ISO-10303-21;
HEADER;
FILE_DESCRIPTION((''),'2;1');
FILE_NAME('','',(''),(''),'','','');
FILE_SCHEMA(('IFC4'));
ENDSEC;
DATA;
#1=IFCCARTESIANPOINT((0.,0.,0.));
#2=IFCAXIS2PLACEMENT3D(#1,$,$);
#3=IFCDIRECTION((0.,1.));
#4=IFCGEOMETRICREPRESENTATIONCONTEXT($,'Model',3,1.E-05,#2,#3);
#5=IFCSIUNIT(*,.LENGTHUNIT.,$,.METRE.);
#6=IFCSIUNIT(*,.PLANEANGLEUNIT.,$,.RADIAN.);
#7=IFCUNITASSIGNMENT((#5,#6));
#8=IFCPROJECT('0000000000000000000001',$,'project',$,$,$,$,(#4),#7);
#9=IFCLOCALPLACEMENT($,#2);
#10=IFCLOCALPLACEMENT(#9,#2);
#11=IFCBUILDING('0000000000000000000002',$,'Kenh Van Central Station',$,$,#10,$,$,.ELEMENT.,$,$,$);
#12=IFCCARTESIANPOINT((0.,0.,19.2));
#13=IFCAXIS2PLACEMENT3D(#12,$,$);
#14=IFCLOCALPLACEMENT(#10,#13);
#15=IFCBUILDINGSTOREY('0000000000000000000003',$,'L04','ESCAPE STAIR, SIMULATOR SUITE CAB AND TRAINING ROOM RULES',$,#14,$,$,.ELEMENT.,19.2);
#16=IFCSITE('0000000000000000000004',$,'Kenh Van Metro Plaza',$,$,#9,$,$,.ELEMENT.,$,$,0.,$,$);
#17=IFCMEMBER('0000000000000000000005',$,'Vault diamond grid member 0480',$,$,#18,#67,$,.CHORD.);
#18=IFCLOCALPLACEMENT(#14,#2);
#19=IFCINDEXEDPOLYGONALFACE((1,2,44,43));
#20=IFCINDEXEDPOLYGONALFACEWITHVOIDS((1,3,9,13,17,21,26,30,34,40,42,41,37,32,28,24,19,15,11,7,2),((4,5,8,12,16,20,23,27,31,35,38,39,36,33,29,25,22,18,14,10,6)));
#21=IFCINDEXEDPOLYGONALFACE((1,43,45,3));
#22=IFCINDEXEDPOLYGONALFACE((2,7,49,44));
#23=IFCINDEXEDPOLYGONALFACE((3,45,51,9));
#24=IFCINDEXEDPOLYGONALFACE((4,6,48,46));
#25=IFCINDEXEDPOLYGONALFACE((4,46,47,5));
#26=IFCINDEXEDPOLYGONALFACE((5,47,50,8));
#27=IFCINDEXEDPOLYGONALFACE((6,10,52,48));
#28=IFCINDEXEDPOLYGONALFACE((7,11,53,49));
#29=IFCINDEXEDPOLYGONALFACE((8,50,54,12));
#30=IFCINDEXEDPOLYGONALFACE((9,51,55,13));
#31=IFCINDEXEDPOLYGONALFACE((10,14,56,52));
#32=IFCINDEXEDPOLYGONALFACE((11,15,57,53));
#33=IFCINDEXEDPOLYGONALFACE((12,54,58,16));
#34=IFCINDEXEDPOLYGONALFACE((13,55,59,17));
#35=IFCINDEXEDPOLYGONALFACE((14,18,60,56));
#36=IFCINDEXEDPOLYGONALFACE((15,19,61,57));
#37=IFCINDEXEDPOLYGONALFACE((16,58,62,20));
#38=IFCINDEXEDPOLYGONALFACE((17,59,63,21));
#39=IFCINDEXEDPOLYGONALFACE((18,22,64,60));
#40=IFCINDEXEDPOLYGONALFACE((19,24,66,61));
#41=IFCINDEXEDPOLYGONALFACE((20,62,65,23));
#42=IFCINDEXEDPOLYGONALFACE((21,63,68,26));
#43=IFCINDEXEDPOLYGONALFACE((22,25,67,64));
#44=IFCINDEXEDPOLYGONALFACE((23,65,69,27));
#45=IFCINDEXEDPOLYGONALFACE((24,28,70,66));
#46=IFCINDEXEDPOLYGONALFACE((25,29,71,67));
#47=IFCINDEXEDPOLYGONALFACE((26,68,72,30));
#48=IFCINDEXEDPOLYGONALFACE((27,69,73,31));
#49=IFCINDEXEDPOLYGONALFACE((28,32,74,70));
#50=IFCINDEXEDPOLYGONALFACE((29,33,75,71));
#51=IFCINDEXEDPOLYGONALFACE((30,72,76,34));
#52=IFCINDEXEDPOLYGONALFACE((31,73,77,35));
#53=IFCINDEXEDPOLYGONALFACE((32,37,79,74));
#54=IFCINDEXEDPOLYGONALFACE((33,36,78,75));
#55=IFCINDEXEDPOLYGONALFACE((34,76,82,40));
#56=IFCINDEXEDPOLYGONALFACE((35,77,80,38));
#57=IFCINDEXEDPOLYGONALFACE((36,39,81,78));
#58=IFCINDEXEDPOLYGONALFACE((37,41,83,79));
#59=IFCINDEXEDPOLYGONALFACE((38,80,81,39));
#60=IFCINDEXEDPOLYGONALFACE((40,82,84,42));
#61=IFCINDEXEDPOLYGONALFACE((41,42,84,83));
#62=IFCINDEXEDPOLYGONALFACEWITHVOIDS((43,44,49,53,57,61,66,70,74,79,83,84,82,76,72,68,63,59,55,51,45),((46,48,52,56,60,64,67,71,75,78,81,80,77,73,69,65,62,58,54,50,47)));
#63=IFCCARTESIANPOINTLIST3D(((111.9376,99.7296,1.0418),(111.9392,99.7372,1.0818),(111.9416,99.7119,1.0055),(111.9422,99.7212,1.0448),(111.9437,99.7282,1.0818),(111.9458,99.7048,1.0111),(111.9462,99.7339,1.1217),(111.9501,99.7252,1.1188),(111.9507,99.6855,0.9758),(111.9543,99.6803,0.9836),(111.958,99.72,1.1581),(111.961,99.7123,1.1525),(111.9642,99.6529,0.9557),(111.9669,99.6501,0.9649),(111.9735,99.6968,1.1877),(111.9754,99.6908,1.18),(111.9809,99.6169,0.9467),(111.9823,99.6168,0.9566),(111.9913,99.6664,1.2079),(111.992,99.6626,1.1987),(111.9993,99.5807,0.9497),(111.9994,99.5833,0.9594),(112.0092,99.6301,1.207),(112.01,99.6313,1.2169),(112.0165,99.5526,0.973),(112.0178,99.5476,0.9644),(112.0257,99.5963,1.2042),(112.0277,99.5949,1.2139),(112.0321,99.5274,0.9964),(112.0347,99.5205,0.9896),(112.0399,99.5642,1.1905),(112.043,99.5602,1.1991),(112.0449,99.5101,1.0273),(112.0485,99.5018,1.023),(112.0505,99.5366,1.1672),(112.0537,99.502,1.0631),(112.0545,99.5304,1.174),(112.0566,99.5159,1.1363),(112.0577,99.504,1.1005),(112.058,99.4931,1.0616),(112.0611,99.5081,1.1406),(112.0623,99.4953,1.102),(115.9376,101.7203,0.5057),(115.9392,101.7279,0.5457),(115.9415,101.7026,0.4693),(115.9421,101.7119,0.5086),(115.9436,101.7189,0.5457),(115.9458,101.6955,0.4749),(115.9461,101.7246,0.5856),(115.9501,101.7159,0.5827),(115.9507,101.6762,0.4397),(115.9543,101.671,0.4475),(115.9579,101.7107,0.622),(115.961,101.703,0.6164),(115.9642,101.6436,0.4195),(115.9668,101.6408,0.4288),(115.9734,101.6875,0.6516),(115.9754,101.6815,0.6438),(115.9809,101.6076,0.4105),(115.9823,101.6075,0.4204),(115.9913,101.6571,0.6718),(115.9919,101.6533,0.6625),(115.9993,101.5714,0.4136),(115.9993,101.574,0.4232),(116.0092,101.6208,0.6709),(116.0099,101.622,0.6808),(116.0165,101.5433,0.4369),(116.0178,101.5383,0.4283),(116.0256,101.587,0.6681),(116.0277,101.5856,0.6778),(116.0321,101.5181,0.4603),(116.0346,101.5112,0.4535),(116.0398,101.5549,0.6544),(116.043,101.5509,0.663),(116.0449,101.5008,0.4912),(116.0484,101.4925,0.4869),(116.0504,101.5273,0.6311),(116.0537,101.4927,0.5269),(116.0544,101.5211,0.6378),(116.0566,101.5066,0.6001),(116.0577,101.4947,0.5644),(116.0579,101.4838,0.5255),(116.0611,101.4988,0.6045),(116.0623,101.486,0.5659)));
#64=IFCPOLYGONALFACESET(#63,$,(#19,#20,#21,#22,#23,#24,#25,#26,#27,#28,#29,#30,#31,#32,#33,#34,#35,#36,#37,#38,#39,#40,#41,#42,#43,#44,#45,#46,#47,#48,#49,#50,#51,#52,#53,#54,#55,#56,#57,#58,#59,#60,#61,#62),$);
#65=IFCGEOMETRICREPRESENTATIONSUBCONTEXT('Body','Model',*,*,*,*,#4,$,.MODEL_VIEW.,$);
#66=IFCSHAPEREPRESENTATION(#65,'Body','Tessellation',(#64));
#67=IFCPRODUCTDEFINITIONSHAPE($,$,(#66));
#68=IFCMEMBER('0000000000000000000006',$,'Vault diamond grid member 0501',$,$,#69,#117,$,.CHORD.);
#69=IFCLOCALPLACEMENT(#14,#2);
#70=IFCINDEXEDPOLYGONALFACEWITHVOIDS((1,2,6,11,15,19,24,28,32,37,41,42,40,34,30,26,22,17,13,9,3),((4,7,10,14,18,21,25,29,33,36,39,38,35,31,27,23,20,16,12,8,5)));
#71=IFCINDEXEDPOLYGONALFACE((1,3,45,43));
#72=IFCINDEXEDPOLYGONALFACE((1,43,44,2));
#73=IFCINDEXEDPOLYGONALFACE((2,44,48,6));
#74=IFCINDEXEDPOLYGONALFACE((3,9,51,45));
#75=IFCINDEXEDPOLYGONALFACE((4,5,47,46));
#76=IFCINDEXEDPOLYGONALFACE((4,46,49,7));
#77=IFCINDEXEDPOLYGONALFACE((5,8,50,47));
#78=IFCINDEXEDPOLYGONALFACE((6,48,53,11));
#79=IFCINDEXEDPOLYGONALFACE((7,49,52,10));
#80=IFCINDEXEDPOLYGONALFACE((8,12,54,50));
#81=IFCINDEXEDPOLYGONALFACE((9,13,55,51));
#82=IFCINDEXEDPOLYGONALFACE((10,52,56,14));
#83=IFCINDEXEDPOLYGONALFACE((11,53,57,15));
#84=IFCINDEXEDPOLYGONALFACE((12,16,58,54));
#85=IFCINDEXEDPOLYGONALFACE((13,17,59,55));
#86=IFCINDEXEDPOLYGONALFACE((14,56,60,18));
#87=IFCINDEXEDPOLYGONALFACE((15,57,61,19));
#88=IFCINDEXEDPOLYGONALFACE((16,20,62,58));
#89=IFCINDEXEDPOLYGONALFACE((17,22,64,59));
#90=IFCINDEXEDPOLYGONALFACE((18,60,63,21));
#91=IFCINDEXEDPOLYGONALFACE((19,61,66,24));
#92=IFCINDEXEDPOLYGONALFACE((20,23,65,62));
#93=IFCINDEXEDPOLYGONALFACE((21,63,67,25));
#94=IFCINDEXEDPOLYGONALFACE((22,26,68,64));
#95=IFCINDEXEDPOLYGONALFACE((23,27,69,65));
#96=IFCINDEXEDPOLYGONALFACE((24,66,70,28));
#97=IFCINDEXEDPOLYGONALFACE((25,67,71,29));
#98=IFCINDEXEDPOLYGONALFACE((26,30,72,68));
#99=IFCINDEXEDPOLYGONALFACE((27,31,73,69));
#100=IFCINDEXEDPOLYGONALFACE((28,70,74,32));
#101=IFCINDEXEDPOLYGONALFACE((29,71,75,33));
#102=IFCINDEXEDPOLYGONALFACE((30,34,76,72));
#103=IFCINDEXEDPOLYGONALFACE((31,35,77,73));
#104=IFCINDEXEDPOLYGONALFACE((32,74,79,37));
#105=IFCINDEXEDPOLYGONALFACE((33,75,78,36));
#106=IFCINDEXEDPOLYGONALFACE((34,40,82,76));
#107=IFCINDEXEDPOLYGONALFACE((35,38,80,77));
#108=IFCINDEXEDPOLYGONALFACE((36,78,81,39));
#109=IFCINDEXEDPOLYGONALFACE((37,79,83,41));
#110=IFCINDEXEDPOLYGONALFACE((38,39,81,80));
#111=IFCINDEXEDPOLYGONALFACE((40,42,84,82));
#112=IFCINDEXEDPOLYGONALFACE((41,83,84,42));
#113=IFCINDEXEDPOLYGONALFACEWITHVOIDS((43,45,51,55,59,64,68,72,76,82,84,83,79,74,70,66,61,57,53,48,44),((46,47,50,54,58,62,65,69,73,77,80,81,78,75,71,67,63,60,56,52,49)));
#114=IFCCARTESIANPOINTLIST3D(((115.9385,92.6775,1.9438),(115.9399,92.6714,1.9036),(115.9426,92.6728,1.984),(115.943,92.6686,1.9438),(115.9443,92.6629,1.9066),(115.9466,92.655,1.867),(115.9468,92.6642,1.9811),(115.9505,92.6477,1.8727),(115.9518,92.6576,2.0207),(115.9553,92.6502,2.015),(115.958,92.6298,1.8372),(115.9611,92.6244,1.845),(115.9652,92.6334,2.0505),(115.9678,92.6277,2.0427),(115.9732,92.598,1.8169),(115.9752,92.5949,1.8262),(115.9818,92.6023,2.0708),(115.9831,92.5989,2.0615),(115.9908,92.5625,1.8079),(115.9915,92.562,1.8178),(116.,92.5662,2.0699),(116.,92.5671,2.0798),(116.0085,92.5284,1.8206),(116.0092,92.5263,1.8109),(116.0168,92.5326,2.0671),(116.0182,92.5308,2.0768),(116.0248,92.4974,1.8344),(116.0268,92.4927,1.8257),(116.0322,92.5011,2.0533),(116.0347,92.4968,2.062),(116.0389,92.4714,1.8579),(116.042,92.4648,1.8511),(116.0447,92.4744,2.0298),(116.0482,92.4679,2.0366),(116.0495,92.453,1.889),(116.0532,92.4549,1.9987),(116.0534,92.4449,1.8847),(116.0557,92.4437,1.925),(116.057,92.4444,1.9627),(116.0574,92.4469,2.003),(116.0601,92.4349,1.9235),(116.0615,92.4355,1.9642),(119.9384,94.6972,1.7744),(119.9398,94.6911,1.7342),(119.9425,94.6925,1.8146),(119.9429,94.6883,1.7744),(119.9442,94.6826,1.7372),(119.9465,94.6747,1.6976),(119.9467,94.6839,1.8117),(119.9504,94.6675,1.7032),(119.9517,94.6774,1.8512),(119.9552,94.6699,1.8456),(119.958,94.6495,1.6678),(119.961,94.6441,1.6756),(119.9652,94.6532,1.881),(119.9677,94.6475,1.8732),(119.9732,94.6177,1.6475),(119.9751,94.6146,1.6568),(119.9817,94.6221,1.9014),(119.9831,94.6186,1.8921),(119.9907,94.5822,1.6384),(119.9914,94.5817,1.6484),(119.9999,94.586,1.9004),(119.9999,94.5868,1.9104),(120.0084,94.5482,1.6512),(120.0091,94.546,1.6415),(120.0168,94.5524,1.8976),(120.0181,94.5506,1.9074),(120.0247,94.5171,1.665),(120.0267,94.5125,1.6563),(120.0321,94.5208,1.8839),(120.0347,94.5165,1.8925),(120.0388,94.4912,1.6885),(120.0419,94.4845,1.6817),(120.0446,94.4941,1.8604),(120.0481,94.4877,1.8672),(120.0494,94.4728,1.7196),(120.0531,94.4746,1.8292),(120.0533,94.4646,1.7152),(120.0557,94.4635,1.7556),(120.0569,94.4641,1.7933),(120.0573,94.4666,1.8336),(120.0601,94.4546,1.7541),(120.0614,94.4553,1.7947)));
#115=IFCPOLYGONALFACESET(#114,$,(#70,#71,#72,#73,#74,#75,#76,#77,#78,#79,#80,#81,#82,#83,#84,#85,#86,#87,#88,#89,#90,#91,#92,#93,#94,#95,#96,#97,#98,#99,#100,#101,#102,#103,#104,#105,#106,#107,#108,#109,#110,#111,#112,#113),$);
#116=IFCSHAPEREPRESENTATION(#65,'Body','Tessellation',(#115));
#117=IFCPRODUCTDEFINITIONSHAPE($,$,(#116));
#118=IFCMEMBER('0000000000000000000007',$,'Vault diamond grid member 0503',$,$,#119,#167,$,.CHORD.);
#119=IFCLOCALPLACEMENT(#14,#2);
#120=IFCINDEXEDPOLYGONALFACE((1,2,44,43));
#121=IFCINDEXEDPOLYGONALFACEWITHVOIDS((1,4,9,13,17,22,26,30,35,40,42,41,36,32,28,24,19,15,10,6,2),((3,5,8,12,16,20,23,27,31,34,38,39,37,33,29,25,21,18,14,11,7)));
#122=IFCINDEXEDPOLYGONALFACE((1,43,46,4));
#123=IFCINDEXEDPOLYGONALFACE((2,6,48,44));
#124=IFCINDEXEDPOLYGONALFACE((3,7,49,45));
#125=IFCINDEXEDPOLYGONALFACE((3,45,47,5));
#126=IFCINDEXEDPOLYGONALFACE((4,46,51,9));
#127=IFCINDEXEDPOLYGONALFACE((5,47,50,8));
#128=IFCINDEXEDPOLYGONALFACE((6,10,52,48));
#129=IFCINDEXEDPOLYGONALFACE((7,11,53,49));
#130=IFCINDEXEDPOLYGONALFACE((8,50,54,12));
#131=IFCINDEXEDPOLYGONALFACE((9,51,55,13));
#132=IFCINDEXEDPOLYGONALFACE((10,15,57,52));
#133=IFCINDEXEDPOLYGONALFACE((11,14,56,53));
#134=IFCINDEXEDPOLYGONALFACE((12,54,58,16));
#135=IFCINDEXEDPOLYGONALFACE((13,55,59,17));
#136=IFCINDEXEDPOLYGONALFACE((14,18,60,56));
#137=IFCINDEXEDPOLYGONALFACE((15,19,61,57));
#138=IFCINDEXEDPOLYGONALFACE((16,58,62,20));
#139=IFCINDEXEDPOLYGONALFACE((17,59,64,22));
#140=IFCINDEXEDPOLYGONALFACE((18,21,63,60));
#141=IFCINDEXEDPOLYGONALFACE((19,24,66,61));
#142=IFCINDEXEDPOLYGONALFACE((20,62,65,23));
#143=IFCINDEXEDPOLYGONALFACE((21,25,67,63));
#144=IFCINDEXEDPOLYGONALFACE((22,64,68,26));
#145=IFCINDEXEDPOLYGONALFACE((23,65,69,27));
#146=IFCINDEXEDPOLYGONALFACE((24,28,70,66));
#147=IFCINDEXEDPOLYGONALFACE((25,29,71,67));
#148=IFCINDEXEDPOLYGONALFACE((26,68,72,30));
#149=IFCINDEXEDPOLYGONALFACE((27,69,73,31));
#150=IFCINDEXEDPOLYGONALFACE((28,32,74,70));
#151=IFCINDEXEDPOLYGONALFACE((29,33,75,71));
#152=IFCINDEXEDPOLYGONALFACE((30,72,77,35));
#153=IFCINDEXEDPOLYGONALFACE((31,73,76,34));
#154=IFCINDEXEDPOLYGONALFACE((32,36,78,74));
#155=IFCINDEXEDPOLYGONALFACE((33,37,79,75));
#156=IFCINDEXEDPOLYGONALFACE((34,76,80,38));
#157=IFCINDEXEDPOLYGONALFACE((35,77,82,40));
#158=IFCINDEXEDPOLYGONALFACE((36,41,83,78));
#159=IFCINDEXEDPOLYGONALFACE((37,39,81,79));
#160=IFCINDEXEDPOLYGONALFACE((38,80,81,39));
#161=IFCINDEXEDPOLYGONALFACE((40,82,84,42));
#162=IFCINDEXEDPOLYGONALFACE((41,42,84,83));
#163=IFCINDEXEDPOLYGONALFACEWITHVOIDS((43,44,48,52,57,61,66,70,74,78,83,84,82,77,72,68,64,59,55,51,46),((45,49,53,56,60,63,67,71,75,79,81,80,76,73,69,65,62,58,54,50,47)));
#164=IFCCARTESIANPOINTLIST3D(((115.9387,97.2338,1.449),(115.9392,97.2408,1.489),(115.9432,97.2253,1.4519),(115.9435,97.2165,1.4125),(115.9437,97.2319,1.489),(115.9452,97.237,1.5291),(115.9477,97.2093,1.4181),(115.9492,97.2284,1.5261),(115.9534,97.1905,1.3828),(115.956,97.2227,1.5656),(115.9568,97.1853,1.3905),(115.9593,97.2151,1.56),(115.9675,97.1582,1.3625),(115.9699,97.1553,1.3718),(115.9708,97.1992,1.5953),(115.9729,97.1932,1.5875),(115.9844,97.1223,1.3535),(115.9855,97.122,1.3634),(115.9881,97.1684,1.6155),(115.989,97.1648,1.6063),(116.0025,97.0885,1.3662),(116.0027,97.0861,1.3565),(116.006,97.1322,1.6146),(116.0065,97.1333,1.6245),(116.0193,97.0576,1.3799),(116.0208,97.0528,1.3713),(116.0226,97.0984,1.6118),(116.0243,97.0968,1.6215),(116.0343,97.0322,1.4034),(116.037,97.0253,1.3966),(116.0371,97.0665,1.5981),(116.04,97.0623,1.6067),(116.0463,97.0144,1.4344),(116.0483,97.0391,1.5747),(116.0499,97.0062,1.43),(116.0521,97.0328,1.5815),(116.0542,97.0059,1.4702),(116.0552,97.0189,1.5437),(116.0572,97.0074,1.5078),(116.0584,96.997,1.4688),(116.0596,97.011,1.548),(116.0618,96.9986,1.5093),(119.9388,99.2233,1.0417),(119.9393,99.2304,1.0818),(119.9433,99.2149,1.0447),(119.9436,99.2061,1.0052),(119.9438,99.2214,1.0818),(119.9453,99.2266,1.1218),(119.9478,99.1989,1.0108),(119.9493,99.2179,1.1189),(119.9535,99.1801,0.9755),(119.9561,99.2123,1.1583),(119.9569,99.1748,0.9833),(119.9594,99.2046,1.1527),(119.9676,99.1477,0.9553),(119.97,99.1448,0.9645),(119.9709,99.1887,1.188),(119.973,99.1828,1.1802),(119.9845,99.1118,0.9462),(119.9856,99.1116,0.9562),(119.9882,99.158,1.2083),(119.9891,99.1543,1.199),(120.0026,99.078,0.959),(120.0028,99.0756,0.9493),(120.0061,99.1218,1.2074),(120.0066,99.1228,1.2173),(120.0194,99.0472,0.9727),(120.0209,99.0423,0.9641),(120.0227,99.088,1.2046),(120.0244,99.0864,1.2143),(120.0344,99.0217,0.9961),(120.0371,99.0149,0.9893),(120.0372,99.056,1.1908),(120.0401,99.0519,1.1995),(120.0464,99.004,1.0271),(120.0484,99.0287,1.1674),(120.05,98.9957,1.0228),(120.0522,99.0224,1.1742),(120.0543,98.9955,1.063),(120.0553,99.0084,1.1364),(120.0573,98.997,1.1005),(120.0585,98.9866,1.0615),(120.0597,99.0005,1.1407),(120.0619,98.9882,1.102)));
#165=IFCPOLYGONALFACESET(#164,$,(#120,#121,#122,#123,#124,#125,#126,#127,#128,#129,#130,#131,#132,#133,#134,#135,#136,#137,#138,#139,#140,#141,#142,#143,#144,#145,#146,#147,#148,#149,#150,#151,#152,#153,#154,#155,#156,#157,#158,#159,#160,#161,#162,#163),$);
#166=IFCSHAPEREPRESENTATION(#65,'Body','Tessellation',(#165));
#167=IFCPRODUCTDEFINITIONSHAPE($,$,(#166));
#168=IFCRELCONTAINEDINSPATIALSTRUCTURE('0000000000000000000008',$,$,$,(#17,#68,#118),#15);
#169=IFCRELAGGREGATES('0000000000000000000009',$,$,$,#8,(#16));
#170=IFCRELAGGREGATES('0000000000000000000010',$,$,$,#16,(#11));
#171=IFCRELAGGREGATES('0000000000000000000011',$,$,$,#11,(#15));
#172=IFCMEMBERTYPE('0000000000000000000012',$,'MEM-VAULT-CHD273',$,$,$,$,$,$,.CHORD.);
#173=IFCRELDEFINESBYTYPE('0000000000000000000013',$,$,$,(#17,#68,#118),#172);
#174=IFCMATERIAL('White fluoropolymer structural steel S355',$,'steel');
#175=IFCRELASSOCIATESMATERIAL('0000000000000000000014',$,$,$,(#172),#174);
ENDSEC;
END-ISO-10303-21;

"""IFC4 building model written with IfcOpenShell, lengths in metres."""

from ifc_helpers import new_model, si_unit, direction, frame, origin, origin_2d, place, context, subcontext, project, spatial, hollow_circle, extrude, material, material_profile, profile_set, type_object, element, save


model = new_model("IFC4")

# Units and contexts
model_context = context("Model", 3, precision=1e-05, world=origin(), true_north=direction((0.0, 1.0)))
body_context = subcontext(model_context, "Body", "Model", "MODEL_VIEW")
ifc_project = project(units=[si_unit("LENGTHUNIT", "METRE"), si_unit("PLANEANGLEUNIT", "RADIAN")], contexts=[model_context])

# Site, building, storey
site_placement = place(None, origin())
site = spatial("IfcSite", under=ifc_project, at=site_placement, Name="Kenh Van Metro Plaza", CompositionType="ELEMENT", RefElevation=0.0)
building_placement = place(site_placement, origin())
building = spatial("IfcBuilding", under=site, at=building_placement, Name="Kenh Van Central Station", CompositionType="ELEMENT")
storey_placement = place(building_placement, frame((0.0, 0.0, 19.2)))
storey = spatial("IfcBuildingStorey", under=building, at=storey_placement, Name="L04", Description="ESCAPE STAIR, SIMULATOR SUITE CAB AND TRAINING ROOM RULES", CompositionType="ELEMENT", Elevation=19.2)

# Shared definitions
ifc_material_1 = material(Name="White fluoropolymer structural steel S355", Category="steel")

# Members
ifc_material_profile_1 = material_profile(ifc_material_1, hollow_circle(Radius=0.1365, WallThickness=0.01, at=origin_2d()), Name="CHS 273x10")
ifc_profile_set_1 = profile_set([ifc_material_profile_1], Name="White fluoropolymer structural steel S355")
member_type_1 = type_object("IfcMemberType", Name="MEM-VAULT-CHD273", PredefinedType="CHORD", material=ifc_profile_set_1)
member_1_placement = place(storey_placement, frame((112.0, 99.615, 1.0818), z_axis=(0.88888, 0.442378, -0.119139), x_axis=(-0.445552, 0.895256, 0.0)))
element("IfcMember", 1, at=member_1_placement, inside=storey, type_object=member_type_1, Name="Vault diamond grid member 0480", PredefinedType="CHORD", context=body_context, shape_type="SweptSolid", body=[
    extrude(hollow_circle(Radius=0.1365, WallThickness=0.01, at=origin_2d()), origin(), (0.0, 0.0, 1.0), 4.5),
])
member_2_placement = place(storey_placement, frame((116.0, 92.5557, 1.9438), z_axis=(0.892018, 0.450419, -0.037784), x_axis=(-0.450741, 0.892655, 0.0)))
element("IfcMember", 2, at=member_2_placement, inside=storey, type_object=member_type_1, Name="Vault diamond grid member 0501", PredefinedType="CHORD", context=body_context, shape_type="SweptSolid", body=[
    extrude(hollow_circle(Radius=0.1365, WallThickness=0.01, at=origin_2d()), origin(), (0.0, 0.0, 1.0), 4.4841),
])
member_3_placement = place(storey_placement, frame((116.0, 97.1187, 1.489), z_axis=(0.891668, 0.443494, -0.090778), x_axis=(-0.445333, 0.895365, 0.0)))
element("IfcMember", 3, at=member_3_placement, inside=storey, type_object=member_type_1, Name="Vault diamond grid member 0503", PredefinedType="CHORD", context=body_context, shape_type="SweptSolid", body=[
    extrude(hollow_circle(Radius=0.1365, WallThickness=0.01, at=origin_2d()), origin(), (0.0, 0.0, 1.0), 4.4861),
])

save(model, "model.ifc")
